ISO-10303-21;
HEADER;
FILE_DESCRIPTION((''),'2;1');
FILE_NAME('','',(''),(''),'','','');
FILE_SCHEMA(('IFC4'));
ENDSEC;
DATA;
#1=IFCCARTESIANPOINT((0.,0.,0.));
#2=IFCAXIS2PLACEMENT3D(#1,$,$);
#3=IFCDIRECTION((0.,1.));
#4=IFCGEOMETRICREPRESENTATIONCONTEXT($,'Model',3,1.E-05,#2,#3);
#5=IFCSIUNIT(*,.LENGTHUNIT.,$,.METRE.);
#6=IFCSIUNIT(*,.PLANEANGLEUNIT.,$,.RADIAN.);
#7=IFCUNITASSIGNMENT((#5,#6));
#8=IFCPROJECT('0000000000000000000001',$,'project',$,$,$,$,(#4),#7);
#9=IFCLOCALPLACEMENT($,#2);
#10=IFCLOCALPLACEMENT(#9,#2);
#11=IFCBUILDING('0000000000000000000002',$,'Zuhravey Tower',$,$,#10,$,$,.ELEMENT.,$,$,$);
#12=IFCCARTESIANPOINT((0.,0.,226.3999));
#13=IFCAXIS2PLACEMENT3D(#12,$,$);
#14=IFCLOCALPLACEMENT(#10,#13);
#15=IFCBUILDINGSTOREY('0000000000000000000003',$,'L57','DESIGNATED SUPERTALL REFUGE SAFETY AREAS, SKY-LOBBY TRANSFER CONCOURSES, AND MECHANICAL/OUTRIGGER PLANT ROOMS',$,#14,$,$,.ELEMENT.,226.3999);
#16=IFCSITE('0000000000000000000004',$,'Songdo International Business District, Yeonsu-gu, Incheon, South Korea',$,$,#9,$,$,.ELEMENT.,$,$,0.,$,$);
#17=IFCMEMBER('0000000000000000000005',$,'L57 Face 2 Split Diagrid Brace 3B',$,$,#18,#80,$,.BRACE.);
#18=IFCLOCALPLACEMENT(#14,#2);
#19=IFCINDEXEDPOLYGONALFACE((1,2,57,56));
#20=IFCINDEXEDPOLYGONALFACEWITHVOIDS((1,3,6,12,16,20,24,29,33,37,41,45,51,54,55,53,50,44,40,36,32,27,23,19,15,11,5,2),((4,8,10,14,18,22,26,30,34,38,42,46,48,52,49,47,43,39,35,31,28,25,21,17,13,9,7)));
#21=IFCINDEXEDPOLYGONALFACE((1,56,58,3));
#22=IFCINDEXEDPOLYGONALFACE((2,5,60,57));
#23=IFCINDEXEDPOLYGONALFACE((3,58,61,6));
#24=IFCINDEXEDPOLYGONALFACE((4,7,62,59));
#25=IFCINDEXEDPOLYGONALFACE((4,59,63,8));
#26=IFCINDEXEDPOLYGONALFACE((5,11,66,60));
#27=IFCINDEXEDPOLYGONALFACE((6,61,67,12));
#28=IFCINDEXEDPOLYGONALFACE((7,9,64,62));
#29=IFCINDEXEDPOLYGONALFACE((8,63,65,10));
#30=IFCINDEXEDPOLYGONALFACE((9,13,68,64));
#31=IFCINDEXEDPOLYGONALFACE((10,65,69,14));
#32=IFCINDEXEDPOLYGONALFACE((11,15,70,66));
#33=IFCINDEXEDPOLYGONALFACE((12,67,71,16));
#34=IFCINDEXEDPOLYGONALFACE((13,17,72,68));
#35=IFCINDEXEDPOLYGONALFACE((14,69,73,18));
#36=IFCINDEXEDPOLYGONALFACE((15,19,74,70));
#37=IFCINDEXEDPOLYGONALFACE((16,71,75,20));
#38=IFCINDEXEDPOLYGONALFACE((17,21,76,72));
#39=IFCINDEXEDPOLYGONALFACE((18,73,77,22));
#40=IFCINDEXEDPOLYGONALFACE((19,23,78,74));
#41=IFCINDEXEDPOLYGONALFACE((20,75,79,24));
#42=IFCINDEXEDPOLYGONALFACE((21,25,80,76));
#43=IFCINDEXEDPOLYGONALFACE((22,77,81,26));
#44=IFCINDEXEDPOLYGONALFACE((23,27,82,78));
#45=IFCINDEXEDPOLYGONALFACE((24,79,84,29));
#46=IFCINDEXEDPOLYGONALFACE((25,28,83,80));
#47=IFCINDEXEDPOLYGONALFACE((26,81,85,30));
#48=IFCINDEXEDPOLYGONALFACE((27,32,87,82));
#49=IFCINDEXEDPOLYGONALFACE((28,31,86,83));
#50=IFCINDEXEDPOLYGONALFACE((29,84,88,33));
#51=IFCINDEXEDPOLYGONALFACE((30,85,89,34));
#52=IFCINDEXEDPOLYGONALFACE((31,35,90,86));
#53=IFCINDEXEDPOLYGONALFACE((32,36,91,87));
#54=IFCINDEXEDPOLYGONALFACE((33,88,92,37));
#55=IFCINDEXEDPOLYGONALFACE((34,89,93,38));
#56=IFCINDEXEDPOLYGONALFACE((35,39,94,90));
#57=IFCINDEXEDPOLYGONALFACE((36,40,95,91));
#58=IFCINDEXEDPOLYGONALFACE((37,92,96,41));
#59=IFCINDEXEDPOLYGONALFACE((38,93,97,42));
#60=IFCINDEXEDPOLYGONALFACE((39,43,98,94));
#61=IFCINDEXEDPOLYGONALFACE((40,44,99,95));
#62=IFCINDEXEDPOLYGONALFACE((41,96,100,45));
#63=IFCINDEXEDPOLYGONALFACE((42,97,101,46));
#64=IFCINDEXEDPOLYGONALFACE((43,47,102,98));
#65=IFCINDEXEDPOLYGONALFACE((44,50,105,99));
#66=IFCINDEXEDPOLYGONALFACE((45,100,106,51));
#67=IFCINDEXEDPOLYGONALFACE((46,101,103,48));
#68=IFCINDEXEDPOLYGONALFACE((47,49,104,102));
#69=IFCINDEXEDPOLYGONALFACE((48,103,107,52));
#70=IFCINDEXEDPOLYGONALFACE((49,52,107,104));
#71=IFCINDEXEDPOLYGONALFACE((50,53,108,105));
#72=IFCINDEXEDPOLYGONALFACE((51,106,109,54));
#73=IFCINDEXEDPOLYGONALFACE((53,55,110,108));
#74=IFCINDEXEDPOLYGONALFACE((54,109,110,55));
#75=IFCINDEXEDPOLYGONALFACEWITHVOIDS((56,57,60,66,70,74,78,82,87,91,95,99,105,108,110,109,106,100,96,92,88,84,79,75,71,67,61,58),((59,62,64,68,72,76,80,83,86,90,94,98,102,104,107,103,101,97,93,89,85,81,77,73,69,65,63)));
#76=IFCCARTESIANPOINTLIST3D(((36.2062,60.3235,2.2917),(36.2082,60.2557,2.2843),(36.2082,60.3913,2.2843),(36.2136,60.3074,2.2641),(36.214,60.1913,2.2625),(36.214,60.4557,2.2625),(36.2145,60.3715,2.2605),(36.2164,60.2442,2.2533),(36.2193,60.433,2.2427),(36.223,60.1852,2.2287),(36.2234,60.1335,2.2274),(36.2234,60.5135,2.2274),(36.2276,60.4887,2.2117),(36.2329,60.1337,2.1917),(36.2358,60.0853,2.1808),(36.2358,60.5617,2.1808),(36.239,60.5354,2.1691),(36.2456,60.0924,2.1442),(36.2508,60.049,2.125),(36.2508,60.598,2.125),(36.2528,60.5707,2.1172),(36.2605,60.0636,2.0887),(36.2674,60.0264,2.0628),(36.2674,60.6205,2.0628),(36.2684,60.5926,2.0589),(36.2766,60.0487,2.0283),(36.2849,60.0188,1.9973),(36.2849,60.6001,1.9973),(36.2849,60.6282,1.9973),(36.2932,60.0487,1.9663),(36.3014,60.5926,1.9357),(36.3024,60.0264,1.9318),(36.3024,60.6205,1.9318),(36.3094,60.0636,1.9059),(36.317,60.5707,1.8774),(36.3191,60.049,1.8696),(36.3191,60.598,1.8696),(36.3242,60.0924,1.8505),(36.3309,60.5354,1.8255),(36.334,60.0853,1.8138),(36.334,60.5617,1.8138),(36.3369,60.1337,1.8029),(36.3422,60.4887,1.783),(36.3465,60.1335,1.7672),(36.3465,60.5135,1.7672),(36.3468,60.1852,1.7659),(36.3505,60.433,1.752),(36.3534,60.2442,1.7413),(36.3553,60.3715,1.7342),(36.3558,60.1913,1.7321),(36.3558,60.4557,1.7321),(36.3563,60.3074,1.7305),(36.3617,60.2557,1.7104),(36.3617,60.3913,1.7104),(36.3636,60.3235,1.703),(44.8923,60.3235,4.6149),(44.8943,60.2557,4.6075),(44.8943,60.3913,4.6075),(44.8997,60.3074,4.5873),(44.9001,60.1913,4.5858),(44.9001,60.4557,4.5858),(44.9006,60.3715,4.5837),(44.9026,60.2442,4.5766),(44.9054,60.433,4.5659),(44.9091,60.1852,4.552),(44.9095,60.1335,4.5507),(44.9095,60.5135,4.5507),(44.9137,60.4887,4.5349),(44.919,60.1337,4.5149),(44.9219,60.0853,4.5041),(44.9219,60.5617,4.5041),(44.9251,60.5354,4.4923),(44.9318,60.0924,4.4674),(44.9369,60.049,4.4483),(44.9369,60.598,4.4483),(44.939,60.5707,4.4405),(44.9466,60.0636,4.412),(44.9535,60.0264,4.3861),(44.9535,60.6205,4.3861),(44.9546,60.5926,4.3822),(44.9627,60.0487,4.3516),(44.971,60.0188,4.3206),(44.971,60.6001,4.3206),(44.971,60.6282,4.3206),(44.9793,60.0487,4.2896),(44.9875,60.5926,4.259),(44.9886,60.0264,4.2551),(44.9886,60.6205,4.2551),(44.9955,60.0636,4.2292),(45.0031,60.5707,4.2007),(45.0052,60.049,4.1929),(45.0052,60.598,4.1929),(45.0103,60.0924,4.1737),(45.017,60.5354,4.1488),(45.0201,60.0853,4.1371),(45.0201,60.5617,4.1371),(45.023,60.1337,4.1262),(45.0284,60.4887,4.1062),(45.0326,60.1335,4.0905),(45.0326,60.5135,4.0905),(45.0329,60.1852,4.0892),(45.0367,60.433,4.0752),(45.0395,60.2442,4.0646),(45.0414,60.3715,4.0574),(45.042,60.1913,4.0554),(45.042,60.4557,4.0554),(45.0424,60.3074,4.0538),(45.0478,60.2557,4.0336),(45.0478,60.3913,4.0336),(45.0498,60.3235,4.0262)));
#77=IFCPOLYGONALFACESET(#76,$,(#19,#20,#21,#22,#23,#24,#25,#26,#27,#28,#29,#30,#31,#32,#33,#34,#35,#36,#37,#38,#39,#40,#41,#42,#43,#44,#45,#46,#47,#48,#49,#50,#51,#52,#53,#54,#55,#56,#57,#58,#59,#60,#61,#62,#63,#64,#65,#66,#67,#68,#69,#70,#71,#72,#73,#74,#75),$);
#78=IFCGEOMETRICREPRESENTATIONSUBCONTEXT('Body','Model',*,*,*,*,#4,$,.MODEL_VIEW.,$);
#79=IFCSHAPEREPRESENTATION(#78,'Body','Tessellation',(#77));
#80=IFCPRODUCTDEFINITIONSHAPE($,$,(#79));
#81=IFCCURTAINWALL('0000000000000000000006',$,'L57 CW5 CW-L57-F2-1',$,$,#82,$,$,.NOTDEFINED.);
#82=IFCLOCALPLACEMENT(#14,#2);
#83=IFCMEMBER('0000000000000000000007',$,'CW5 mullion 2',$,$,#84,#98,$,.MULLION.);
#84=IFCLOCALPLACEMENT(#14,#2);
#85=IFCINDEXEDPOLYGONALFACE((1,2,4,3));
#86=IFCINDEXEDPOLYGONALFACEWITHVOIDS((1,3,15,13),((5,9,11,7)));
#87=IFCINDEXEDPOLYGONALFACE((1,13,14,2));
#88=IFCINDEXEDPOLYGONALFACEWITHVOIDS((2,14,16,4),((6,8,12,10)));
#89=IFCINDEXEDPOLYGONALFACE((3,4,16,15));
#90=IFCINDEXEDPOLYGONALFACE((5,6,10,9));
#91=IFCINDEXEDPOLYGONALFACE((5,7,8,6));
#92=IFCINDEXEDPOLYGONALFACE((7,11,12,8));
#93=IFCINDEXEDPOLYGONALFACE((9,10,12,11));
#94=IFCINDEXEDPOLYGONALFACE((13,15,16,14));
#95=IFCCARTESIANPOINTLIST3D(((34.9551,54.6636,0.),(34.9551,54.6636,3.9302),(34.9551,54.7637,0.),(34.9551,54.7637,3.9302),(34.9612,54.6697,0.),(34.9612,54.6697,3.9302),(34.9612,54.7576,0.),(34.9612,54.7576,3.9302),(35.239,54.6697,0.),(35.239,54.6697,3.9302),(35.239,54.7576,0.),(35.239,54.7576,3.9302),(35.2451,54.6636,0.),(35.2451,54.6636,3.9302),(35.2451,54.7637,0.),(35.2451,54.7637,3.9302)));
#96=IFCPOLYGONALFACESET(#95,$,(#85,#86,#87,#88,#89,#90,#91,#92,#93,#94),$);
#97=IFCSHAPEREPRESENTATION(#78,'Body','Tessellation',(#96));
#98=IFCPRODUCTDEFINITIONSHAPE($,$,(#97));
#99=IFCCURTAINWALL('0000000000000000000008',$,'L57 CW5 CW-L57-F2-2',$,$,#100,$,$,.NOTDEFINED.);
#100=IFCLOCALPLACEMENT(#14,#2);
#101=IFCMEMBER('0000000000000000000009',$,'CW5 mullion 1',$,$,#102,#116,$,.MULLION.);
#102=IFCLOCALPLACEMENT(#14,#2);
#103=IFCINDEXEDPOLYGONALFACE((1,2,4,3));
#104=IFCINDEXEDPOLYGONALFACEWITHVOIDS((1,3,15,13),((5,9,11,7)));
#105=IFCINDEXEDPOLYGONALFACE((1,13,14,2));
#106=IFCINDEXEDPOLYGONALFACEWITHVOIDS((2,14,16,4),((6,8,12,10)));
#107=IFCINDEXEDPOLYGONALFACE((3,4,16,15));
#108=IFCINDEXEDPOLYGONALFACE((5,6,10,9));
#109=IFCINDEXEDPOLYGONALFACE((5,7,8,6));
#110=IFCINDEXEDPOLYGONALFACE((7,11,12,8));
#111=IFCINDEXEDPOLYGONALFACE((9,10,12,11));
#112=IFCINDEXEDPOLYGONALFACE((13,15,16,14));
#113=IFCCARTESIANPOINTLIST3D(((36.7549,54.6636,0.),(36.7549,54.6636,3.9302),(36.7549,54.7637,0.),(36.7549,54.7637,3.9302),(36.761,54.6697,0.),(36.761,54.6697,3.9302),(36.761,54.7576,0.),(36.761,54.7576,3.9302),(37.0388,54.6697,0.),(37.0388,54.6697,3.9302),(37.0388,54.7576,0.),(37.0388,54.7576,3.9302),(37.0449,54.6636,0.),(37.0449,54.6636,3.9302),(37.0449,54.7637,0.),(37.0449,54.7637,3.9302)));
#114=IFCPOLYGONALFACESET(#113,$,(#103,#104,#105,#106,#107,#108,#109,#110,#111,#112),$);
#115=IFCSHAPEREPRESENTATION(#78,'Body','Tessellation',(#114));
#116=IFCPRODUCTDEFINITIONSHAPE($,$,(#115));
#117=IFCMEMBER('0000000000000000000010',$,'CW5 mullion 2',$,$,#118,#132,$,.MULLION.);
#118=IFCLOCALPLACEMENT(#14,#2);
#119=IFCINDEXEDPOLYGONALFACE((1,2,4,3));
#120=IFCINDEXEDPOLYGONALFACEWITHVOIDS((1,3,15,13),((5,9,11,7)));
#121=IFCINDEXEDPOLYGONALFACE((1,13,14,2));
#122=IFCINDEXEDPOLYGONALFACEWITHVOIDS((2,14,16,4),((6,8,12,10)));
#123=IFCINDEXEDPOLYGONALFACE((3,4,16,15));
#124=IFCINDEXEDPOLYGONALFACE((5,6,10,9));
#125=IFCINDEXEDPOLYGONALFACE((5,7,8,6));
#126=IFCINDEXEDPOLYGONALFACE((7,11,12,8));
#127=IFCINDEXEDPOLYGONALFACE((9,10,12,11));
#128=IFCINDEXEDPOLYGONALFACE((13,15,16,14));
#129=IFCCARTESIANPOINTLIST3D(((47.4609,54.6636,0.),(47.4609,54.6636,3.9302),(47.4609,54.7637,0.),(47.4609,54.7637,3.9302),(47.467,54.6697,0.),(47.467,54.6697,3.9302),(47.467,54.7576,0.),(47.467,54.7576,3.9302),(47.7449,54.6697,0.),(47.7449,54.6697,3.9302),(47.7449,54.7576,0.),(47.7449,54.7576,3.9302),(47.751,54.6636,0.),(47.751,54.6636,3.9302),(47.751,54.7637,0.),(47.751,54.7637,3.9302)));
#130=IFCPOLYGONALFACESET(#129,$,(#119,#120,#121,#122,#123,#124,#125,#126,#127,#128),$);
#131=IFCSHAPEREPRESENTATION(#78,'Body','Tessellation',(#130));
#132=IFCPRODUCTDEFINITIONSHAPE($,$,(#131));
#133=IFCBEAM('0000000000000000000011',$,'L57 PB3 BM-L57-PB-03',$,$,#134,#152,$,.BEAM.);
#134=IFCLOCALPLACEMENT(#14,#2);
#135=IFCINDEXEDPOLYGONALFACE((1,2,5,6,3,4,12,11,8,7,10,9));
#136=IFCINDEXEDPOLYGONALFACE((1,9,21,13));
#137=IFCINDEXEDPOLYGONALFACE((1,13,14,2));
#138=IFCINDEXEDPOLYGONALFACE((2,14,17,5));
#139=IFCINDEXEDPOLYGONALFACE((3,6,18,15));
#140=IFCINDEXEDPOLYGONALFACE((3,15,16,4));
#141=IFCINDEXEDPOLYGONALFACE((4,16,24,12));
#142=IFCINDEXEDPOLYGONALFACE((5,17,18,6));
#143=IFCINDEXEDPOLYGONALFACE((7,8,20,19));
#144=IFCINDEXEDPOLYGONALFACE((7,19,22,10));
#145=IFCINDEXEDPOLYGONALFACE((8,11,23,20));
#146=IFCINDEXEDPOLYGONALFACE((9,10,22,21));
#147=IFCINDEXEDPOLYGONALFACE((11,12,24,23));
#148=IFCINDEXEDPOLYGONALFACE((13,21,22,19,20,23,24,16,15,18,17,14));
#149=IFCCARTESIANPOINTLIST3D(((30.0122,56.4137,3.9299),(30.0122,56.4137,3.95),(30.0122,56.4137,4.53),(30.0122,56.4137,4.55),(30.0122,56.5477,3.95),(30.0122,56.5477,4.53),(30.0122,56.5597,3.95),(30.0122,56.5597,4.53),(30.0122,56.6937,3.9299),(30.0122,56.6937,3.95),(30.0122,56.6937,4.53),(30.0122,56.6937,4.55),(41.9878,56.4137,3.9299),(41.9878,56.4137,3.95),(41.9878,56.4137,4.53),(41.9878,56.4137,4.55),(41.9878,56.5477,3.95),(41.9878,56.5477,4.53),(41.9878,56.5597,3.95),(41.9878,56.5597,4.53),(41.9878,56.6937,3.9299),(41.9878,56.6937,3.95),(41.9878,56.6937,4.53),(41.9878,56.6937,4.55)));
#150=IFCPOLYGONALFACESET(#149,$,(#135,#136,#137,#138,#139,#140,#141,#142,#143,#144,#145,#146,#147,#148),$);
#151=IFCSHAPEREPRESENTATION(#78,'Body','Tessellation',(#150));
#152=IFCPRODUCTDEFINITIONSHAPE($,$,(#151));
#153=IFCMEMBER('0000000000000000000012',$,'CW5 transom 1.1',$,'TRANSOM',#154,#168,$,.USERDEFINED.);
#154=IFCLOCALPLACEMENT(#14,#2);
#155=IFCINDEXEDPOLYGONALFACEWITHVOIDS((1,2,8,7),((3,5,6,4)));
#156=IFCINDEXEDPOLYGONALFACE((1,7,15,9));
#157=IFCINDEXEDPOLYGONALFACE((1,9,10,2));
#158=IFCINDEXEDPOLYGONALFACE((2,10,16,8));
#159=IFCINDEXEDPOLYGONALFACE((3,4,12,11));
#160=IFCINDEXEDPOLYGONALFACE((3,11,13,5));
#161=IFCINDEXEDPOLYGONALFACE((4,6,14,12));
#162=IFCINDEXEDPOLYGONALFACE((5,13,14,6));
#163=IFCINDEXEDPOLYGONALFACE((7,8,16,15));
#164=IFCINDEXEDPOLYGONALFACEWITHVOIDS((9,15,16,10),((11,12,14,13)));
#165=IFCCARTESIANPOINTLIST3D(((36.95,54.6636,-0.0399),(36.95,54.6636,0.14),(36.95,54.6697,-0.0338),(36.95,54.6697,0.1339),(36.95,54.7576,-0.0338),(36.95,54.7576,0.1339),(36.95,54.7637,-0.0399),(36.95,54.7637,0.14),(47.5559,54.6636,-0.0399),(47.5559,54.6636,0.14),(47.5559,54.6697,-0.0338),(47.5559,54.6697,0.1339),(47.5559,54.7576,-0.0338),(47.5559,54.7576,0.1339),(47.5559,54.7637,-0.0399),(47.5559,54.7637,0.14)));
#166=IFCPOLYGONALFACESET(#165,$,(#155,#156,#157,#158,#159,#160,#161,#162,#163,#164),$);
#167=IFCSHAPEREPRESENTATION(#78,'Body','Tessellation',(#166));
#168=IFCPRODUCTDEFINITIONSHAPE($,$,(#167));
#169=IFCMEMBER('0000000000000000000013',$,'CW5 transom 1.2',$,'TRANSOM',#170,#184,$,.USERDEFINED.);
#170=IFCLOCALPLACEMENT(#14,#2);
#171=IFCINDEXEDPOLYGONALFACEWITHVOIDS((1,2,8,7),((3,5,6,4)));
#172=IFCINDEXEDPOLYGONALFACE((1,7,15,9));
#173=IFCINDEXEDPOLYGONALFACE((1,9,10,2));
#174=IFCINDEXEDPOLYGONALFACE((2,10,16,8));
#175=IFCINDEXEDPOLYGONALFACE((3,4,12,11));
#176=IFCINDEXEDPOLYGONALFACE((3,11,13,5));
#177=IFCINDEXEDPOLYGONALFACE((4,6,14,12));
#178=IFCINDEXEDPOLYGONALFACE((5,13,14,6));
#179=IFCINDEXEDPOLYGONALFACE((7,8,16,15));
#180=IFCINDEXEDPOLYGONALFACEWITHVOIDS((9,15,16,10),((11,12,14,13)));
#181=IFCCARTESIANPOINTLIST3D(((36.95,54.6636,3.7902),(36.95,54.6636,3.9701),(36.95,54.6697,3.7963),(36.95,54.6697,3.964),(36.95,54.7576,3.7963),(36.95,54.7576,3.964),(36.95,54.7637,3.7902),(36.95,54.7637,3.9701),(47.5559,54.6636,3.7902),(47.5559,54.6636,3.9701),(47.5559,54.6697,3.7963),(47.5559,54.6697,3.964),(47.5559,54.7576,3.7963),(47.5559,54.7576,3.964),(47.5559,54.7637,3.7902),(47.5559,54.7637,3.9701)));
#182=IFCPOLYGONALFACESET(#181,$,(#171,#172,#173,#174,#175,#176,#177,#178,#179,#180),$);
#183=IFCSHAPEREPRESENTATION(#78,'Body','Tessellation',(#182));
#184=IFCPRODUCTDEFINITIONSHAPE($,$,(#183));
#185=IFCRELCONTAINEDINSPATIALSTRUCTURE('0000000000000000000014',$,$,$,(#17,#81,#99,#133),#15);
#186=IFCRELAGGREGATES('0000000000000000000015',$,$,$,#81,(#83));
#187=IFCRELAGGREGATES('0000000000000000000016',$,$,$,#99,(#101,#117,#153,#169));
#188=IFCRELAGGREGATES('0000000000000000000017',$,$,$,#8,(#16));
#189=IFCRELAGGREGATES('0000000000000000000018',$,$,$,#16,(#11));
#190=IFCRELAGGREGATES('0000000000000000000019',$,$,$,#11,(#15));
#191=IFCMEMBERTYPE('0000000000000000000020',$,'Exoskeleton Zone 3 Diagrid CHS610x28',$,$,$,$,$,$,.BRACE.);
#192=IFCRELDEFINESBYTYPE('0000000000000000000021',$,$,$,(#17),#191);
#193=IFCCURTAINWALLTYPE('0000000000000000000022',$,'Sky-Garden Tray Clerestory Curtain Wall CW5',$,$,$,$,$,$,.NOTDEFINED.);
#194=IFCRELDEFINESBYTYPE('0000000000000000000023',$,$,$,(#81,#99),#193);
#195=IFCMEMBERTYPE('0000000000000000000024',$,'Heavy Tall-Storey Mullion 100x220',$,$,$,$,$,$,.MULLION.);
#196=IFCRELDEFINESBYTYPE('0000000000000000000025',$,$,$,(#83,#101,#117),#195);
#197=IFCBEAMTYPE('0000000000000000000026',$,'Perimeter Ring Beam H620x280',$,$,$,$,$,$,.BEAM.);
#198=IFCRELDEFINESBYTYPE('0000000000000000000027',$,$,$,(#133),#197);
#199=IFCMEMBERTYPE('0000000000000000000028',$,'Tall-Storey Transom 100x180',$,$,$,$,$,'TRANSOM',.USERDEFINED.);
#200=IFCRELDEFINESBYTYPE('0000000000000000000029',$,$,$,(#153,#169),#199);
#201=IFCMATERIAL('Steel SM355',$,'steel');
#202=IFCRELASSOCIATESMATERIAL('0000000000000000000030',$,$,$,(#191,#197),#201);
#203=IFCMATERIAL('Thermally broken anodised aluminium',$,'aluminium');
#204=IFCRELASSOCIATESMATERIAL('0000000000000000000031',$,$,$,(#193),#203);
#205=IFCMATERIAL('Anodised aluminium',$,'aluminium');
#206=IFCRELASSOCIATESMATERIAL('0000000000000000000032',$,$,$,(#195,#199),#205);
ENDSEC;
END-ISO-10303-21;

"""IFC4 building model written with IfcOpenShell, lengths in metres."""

from ifc_helpers import new_model, si_unit, direction, frame, origin, origin_2d, place, context, subcontext, project, spatial, hollow_rectangle, hollow_circle, i_section, extrude, material, material_profile, profile_set, type_object, element, aggregate, save


model = new_model("IFC4")

# Units and contexts
model_context = context("Model", 3, precision=1e-05, world=origin(), true_north=direction((0.0, 1.0)))
body_context = subcontext(model_context, "Body", "Model", "MODEL_VIEW")
ifc_project = project(units=[si_unit("LENGTHUNIT", "METRE"), si_unit("PLANEANGLEUNIT", "RADIAN")], contexts=[model_context])

# Site, building, storey
site_placement = place(None, origin())
site = spatial("IfcSite", under=ifc_project, at=site_placement, Name="Songdo International Business District, Yeonsu-gu, Incheon, South Korea", CompositionType="ELEMENT", RefElevation=0.0)
building_placement = place(site_placement, origin())
building = spatial("IfcBuilding", under=site, at=building_placement, Name="Zuhravey Tower", CompositionType="ELEMENT")
storey_placement = place(building_placement, frame((0.0, 0.0, 226.3999)))
storey = spatial("IfcBuildingStorey", under=building, at=storey_placement, Name="L57", Description="DESIGNATED SUPERTALL REFUGE SAFETY AREAS, SKY-LOBBY TRANSFER CONCOURSES, AND MECHANICAL/OUTRIGGER PLANT ROOMS", CompositionType="ELEMENT", Elevation=226.3999)

# Shared definitions
ifc_material_1 = material(Name="Steel SM355", Category="steel")

# Member
ifc_material_profile_1 = material_profile(ifc_material_1, hollow_circle(Radius=0.3047, WallThickness=0.0281, at=origin_2d()), Name="CHS-609.6x28")
ifc_profile_set_1 = profile_set([ifc_material_profile_1], Name="Steel SM355")
member_type_1 = type_object("IfcMemberType", Name="Exoskeleton Zone 3 Diagrid CHS610x28", PredefinedType="BRACE", material=ifc_profile_set_1)
member_1_placement = place(storey_placement, frame((36.2849, 60.3235, 1.9973), z_axis=(0.966042, 0.0, 0.258386), x_axis=(0.0, 1.0, 0.0)))
element("IfcMember", 1, at=member_1_placement, inside=storey, type_object=member_type_1, Name="L57 Face 2 Split Diagrid Brace 3B", PredefinedType="BRACE", context=body_context, shape_type="SweptSolid", body=[
    extrude(hollow_circle(Radius=0.3047, WallThickness=0.0281, at=origin_2d()), origin(), (0.0, 0.0, 1.0), 8.9915),
])

# Curtain wall, member
ifc_material_2 = material(Name="Thermally broken anodised aluminium", Category="aluminium")
curtain_wall_type = type_object("IfcCurtainWallType", Name="Sky-Garden Tray Clerestory Curtain Wall CW5", PredefinedType="NOTDEFINED", material=ifc_material_2)
curtain_wall_1_placement = place(storey_placement, origin())
curtain_wall_1 = element("IfcCurtainWall", 2, at=curtain_wall_1_placement, inside=storey, type_object=curtain_wall_type, Name="L57 CW5 CW-L57-F2-1", PredefinedType="NOTDEFINED")
ifc_material_3 = material(Name="Anodised aluminium", Category="aluminium")
ifc_material_profile_2 = material_profile(ifc_material_3, hollow_rectangle(XDim=0.1001, YDim=0.29, WallThickness=0.0061, at=origin_2d()), Name="ALU-RHS-100x290x6")
ifc_profile_set_2 = profile_set([ifc_material_profile_2], Name="Anodised aluminium")
member_type_2 = type_object("IfcMemberType", Name="Heavy Tall-Storey Mullion 100x220", PredefinedType="MULLION", material=ifc_profile_set_2)
member_2_placement = place(storey_placement, frame((35.1001, 54.7136, 0.0), z_axis=(0.0, 0.0, 1.0), x_axis=(0.0, 1.0, 0.0)))
member_2 = element("IfcMember", 3, at=member_2_placement, type_object=member_type_2, Name="CW5 mullion 2", PredefinedType="MULLION", context=body_context, shape_type="SweptSolid", body=[
    extrude(hollow_rectangle(XDim=0.1001, YDim=0.29, WallThickness=0.0061, at=origin_2d()), origin(), (0.0, 0.0, 1.0), 3.9302),
])
aggregate(curtain_wall_1, [member_2])

# Curtain wall, members
curtain_wall_2_placement = place(storey_placement, origin())
curtain_wall_2 = element("IfcCurtainWall", 4, at=curtain_wall_2_placement, inside=storey, type_object=curtain_wall_type, Name="L57 CW5 CW-L57-F2-2", PredefinedType="NOTDEFINED")
member_3_placement = place(storey_placement, frame((36.8999, 54.7136, 0.0), z_axis=(0.0, 0.0, 1.0), x_axis=(0.0, 1.0, 0.0)))
member_3 = element("IfcMember", 5, at=member_3_placement, type_object=member_type_2, Name="CW5 mullion 1", PredefinedType="MULLION", context=body_context, shape_type="SweptSolid", body=[
    extrude(hollow_rectangle(XDim=0.1001, YDim=0.29, WallThickness=0.0061, at=origin_2d()), origin(), (0.0, 0.0, 1.0), 3.9302),
])
member_4_placement = place(storey_placement, frame((47.606, 54.7136, 0.0), z_axis=(0.0, 0.0, 1.0), x_axis=(0.0, 1.0, 0.0)))
member_4 = element("IfcMember", 6, at=member_4_placement, type_object=member_type_2, Name="CW5 mullion 2", PredefinedType="MULLION", context=body_context, shape_type="SweptSolid", body=[
    extrude(hollow_rectangle(XDim=0.1001, YDim=0.29, WallThickness=0.0061, at=origin_2d()), origin(), (0.0, 0.0, 1.0), 3.9302),
])

# Beam
ifc_material_profile_3 = material_profile(ifc_material_1, i_section(OverallWidth=0.28, OverallDepth=0.6201, WebThickness=0.012, FlangeThickness=0.02, at=origin_2d()), Name="H-620x280x12x20")
ifc_profile_set_3 = profile_set([ifc_material_profile_3], Name="Steel SM355")
beam_type_1 = type_object("IfcBeamType", Name="Perimeter Ring Beam H620x280", PredefinedType="BEAM", material=ifc_profile_set_3)
beam_1_placement = place(storey_placement, frame((41.9878, 56.5537, 4.24), z_axis=(-1.0, 0.0, 0.0), x_axis=(0.0, -1.0, 0.0)))
element("IfcBeam", 7, at=beam_1_placement, inside=storey, type_object=beam_type_1, Name="L57 PB3 BM-L57-PB-03", PredefinedType="BEAM", context=body_context, shape_type="SweptSolid", body=[
    extrude(i_section(OverallWidth=0.28, OverallDepth=0.6201, WebThickness=0.012, FlangeThickness=0.02, at=origin_2d()), origin(), (0.0, 0.0, 1.0), 11.9756),
])

# Members
ifc_material_profile_4 = material_profile(ifc_material_3, hollow_rectangle(XDim=0.1001, YDim=0.1799, WallThickness=0.0061, at=origin_2d()), Name="ALU-RHS-100x180x6")
ifc_profile_set_4 = profile_set([ifc_material_profile_4], Name="Anodised aluminium")
member_type_3 = type_object("IfcMemberType", Name="Tall-Storey Transom 100x180", ElementType="TRANSOM", PredefinedType="USERDEFINED", material=ifc_profile_set_4)
member_5_placement = place(storey_placement, frame((36.95, 54.7136, 0.05), z_axis=(1.0, 0.0, 0.0), x_axis=(0.0, 1.0, 0.0)))
member_5 = element("IfcMember", 8, at=member_5_placement, type_object=member_type_3, Name="CW5 transom 1.1", ObjectType="TRANSOM", PredefinedType="USERDEFINED", context=body_context, shape_type="SweptSolid", body=[
    extrude(hollow_rectangle(XDim=0.1001, YDim=0.1799, WallThickness=0.0061, at=origin_2d()), origin(), (0.0, 0.0, 1.0), 10.606),
])
member_6_placement = place(storey_placement, frame((36.95, 54.7136, 3.8801), z_axis=(1.0, 0.0, 0.0), x_axis=(0.0, 1.0, 0.0)))
member_6 = element("IfcMember", 9, at=member_6_placement, type_object=member_type_3, Name="CW5 transom 1.2", ObjectType="TRANSOM", PredefinedType="USERDEFINED", context=body_context, shape_type="SweptSolid", body=[
    extrude(hollow_rectangle(XDim=0.1001, YDim=0.1799, WallThickness=0.0061, at=origin_2d()), origin(), (0.0, 0.0, 1.0), 10.606),
])

aggregate(curtain_wall_2, [member_3, member_4, member_5, member_6])

save(model, "model.ifc")
